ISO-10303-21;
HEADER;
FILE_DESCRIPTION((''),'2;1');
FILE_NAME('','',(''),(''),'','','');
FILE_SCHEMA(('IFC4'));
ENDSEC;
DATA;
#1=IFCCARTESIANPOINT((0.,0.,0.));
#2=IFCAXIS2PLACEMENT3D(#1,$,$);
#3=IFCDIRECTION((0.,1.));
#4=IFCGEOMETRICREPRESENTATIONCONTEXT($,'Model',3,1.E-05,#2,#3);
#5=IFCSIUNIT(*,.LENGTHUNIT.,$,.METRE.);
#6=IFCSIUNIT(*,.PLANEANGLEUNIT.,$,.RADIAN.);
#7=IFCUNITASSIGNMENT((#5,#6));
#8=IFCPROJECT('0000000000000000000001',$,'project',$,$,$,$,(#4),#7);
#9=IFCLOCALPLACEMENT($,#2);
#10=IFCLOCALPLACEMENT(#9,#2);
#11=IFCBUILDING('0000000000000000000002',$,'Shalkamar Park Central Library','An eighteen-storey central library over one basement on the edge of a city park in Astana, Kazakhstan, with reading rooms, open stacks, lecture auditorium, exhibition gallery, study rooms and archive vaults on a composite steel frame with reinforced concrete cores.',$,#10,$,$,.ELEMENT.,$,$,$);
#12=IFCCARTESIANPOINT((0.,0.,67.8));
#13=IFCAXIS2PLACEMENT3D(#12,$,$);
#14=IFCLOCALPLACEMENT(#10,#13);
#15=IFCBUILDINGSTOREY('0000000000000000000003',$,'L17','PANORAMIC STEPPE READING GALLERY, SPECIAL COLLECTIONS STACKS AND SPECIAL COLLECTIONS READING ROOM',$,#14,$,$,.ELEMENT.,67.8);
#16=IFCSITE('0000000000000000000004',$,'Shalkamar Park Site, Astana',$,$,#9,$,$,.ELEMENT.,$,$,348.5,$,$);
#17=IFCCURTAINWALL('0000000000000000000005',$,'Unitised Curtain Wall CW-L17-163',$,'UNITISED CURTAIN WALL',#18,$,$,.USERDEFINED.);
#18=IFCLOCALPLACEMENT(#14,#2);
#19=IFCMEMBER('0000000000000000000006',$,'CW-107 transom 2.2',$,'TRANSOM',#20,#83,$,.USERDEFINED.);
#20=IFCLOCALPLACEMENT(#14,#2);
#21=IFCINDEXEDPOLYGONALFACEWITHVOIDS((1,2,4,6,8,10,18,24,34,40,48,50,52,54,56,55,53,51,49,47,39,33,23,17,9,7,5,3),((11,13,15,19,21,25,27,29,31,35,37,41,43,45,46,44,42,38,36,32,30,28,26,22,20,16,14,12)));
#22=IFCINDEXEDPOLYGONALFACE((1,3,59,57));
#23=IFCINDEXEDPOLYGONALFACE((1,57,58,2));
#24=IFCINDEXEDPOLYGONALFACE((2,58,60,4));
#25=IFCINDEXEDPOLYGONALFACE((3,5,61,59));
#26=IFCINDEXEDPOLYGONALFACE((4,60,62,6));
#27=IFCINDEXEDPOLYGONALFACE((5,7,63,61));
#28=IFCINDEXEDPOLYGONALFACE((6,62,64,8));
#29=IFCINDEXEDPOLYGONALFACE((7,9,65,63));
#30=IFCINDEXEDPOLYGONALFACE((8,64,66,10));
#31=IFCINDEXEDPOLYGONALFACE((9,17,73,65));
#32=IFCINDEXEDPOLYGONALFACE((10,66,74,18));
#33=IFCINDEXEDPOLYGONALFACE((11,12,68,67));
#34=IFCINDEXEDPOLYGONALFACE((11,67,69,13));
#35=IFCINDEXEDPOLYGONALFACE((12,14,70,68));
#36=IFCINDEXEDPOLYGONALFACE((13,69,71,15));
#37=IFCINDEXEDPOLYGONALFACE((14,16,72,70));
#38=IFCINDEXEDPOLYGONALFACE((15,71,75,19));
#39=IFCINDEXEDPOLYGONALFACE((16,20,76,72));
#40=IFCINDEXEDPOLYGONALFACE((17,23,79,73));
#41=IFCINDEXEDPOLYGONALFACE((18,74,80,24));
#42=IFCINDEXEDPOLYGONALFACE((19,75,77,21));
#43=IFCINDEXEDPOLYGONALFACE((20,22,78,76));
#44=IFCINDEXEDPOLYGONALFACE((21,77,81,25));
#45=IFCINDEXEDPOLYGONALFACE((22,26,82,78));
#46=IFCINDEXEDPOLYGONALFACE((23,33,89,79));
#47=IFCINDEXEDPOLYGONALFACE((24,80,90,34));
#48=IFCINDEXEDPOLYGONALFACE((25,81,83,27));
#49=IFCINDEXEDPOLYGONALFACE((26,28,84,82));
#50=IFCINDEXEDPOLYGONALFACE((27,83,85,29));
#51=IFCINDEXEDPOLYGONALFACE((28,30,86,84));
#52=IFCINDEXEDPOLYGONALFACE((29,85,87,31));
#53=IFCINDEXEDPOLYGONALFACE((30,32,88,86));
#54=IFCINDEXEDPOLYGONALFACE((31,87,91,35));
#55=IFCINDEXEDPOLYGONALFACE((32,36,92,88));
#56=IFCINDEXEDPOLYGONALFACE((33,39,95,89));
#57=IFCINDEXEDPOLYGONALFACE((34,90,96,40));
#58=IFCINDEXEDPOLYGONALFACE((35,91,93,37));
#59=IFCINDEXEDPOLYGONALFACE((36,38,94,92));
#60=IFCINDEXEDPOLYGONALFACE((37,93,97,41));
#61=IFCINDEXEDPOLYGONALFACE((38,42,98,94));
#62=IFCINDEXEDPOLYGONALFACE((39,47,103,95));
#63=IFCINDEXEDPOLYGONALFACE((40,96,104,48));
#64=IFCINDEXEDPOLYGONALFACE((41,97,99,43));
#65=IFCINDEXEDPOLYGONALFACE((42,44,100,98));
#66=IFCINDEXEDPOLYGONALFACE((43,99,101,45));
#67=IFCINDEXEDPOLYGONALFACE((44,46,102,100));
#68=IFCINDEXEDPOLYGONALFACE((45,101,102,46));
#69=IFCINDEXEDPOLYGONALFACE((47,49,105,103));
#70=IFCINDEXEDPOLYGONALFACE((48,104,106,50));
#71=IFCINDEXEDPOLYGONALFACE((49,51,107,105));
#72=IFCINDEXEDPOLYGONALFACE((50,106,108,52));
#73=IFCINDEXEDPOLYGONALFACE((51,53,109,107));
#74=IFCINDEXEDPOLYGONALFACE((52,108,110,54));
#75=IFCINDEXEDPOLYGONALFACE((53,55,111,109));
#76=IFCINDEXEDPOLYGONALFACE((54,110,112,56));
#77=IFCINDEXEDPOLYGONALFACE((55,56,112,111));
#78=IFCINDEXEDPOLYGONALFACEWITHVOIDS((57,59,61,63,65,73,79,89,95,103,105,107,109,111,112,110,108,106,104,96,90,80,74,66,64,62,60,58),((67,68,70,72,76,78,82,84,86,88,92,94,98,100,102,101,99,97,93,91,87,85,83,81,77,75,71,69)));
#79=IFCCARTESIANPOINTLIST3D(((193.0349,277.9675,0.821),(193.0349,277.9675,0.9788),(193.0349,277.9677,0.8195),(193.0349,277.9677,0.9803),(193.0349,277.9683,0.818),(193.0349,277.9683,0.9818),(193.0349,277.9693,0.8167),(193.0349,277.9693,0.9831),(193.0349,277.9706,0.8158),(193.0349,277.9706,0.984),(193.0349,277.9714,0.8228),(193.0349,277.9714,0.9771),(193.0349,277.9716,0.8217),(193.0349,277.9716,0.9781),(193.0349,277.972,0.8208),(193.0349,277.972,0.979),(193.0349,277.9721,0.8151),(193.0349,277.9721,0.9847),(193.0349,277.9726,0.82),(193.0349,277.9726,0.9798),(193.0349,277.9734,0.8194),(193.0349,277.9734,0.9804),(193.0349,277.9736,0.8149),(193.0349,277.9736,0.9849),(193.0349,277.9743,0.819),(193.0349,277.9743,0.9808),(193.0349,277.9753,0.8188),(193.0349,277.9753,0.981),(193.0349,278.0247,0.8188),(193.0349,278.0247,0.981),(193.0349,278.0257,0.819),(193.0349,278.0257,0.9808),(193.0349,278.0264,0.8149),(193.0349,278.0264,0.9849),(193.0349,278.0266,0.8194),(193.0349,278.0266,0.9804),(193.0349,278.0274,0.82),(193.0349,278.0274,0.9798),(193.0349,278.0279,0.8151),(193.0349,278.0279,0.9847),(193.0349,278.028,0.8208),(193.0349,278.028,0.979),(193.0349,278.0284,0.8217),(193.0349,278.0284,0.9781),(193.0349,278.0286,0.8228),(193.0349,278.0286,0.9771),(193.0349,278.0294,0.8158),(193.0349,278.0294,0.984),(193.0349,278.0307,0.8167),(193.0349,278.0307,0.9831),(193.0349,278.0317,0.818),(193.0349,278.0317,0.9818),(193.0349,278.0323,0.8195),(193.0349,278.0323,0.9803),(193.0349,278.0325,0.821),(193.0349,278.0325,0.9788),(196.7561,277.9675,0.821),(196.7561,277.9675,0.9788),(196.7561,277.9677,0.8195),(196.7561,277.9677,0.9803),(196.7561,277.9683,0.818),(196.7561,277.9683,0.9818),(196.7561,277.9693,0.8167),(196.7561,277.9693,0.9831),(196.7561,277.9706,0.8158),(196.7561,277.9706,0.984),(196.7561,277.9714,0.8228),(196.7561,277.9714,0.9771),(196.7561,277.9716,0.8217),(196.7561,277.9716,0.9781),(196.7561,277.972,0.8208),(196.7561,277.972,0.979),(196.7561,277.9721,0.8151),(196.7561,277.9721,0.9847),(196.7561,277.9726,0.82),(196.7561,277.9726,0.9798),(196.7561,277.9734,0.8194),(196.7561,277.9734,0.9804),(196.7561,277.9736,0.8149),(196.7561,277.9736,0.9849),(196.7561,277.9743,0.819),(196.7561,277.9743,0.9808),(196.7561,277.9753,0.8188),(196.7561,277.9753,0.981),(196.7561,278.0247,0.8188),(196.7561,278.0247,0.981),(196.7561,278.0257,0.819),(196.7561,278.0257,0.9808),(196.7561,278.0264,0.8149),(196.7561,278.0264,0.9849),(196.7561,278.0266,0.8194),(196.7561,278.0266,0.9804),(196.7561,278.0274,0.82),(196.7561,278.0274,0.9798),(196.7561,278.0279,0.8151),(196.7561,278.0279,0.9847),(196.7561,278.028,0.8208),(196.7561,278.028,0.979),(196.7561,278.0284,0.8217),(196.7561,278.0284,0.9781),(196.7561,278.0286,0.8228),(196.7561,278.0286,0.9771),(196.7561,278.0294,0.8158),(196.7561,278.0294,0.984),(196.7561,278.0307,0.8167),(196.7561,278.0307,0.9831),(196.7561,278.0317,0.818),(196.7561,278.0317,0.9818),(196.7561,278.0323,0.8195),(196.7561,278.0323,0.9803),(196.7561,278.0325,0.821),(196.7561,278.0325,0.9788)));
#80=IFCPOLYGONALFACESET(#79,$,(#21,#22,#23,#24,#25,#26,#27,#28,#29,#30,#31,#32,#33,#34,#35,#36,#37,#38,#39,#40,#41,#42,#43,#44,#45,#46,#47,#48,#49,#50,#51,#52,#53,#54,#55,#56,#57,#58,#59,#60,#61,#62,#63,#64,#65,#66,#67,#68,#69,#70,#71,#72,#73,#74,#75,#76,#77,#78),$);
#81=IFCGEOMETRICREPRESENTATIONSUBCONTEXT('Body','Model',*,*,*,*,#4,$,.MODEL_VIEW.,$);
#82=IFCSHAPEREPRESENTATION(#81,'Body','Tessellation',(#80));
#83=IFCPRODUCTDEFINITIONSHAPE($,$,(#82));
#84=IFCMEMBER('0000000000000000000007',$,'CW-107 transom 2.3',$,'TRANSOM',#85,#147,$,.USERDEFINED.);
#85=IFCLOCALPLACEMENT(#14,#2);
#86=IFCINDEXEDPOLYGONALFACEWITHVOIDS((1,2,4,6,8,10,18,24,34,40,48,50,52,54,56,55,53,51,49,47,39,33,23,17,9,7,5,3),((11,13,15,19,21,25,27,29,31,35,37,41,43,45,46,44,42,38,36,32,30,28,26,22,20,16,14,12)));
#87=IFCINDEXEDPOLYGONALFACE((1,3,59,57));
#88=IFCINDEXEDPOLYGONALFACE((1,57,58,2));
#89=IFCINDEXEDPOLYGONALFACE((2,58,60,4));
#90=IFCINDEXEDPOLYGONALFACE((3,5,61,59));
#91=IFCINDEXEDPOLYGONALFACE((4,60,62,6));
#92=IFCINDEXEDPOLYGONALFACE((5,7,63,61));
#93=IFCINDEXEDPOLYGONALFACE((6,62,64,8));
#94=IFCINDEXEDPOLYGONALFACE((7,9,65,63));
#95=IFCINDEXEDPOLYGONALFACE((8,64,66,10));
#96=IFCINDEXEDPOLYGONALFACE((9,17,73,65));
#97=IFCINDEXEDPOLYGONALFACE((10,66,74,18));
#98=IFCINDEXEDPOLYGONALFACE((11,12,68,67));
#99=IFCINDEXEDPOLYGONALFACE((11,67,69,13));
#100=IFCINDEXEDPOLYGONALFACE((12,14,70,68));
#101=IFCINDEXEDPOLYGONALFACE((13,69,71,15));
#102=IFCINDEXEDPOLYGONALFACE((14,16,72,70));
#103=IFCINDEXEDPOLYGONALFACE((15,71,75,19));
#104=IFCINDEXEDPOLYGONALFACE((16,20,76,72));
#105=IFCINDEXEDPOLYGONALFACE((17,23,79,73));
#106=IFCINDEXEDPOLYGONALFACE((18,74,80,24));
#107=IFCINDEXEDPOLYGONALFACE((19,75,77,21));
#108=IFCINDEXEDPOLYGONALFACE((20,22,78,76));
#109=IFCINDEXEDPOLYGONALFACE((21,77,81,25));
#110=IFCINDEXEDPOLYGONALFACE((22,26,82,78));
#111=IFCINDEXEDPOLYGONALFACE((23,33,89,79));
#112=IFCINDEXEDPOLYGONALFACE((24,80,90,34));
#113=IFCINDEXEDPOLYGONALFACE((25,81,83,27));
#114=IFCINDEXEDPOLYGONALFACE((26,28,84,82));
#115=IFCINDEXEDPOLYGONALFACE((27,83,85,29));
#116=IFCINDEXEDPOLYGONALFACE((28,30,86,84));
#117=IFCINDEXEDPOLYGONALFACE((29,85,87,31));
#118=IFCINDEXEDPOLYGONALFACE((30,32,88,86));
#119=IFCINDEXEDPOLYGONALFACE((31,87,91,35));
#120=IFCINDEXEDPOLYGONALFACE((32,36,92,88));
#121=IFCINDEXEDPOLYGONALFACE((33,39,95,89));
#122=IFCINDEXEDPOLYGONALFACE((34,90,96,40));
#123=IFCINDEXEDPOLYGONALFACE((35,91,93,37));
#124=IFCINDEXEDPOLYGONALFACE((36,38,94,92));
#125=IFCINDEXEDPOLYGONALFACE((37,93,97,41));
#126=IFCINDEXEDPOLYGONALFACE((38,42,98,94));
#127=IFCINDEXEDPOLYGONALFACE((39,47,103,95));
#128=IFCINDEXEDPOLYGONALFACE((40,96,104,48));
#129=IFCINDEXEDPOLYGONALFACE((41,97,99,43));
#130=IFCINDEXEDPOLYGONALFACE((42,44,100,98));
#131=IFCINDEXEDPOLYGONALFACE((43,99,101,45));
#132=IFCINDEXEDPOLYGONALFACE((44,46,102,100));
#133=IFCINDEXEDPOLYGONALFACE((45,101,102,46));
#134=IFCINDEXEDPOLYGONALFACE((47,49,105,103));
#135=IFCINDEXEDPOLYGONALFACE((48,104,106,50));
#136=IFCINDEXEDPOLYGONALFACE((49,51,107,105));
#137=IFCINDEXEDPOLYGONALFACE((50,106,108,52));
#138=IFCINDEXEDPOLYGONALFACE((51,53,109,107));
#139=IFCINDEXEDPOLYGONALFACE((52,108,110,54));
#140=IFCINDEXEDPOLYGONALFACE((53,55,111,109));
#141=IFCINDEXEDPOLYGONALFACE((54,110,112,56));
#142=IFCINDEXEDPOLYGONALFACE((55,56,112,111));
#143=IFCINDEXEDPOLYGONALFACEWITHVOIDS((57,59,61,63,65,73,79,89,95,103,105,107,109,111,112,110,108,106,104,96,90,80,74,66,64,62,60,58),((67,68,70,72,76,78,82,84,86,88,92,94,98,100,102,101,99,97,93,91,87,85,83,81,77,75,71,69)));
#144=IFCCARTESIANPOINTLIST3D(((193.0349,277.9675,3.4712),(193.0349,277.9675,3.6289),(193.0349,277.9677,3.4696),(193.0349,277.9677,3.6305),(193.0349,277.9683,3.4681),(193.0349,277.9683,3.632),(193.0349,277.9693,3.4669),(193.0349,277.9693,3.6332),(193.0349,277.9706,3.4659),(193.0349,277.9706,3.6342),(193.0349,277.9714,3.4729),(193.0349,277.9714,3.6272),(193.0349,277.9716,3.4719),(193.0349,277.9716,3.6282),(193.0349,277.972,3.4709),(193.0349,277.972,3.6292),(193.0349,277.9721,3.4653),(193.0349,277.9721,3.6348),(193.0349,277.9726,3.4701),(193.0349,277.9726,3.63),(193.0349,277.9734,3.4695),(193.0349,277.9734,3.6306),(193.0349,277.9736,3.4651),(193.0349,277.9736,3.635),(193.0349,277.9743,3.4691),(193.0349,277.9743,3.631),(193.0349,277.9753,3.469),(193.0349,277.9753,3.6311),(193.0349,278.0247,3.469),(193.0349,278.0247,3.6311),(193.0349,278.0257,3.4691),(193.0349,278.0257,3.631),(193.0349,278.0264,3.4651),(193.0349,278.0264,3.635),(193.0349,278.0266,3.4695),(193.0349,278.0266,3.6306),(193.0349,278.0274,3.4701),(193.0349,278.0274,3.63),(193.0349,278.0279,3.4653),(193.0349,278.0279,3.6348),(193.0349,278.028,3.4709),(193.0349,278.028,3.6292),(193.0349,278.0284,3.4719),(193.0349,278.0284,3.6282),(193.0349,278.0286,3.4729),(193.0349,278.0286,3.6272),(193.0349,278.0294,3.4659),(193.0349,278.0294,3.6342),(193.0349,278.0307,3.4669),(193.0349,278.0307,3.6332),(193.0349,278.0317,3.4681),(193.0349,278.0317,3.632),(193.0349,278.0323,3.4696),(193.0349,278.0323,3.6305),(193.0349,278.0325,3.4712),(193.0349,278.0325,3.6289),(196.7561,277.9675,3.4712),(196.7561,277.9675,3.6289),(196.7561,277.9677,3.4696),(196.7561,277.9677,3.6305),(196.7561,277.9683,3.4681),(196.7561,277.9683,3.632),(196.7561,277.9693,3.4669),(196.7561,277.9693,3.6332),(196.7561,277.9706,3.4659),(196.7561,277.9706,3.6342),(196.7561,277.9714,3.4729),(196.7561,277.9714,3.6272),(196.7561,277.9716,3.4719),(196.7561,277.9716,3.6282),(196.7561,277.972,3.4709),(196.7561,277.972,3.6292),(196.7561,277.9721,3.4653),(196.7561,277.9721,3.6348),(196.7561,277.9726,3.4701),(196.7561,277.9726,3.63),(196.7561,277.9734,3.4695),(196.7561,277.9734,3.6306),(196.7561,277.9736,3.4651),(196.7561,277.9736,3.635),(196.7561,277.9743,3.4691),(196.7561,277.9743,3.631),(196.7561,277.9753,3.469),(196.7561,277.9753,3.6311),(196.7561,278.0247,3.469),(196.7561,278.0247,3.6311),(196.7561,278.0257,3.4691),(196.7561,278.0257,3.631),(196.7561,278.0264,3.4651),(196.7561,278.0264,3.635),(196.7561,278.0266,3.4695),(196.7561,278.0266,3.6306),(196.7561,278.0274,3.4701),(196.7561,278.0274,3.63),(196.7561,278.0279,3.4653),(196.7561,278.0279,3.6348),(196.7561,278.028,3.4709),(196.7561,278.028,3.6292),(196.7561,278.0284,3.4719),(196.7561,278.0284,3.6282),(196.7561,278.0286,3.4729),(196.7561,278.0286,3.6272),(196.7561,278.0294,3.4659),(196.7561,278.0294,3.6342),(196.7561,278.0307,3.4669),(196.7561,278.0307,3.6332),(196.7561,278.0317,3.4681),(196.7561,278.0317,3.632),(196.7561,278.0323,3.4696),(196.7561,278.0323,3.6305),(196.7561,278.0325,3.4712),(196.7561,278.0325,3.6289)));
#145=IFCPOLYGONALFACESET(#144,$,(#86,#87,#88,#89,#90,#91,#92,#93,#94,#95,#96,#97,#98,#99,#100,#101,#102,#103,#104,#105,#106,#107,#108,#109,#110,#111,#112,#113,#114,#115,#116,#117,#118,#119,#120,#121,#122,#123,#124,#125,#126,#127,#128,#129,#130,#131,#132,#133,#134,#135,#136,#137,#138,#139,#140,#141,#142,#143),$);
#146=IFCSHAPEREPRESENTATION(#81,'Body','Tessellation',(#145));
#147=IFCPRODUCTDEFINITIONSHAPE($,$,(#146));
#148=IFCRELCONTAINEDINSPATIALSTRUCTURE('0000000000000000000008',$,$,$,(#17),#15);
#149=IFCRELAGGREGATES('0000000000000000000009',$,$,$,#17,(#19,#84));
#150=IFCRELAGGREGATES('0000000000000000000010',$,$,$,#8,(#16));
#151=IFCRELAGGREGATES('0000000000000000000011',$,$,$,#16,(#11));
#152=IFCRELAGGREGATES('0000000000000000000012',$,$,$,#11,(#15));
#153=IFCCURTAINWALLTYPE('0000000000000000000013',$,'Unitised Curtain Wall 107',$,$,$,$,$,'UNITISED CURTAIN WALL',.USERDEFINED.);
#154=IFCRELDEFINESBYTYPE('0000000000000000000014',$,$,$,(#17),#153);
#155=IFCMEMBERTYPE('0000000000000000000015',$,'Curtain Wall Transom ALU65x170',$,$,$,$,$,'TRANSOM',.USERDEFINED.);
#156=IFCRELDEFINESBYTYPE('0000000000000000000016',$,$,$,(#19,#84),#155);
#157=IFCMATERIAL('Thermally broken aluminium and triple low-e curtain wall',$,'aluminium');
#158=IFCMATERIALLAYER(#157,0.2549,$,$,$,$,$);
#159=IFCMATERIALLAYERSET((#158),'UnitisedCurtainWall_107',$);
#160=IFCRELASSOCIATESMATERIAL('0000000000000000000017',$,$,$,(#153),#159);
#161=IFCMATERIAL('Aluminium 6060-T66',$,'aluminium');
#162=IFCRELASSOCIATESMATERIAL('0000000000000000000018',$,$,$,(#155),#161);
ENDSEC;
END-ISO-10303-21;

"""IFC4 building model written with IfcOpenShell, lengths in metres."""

from ifc_helpers import new_model, si_unit, direction, frame, origin, origin_2d, place, context, subcontext, project, spatial, hollow_rectangle, extrude, material, layer, layer_set, material_profile, profile_set, type_object, element, aggregate, save


model = new_model("IFC4")

# Units and contexts
model_context = context("Model", 3, precision=1e-05, world=origin(), true_north=direction((0.0, 1.0)))
body_context = subcontext(model_context, "Body", "Model", "MODEL_VIEW")
ifc_project = project(units=[si_unit("LENGTHUNIT", "METRE"), si_unit("PLANEANGLEUNIT", "RADIAN")], contexts=[model_context])

# Site, building, storey
site_placement = place(None, origin())
site = spatial("IfcSite", under=ifc_project, at=site_placement, Name="Shalkamar Park Site, Astana", CompositionType="ELEMENT", RefElevation=348.5)
building_placement = place(site_placement, origin())
building = spatial("IfcBuilding", under=site, at=building_placement, Name="Shalkamar Park Central Library", Description="An eighteen-storey central library over one basement on the edge of a city park in Astana, Kazakhstan, with reading rooms, open stacks, lecture auditorium, exhibition gallery, study rooms and archive vaults on a composite steel frame with reinforced concrete cores.", CompositionType="ELEMENT")
storey_placement = place(building_placement, frame((0.0, 0.0, 67.8)))
storey = spatial("IfcBuildingStorey", under=building, at=storey_placement, Name="L17", Description="PANORAMIC STEPPE READING GALLERY, SPECIAL COLLECTIONS STACKS AND SPECIAL COLLECTIONS READING ROOM", CompositionType="ELEMENT", Elevation=67.8)

# Curtain wall, members
ifc_material_1 = material(Name="Thermally broken aluminium and triple low-e curtain wall", Category="aluminium")
ifc_layer_1 = layer(ifc_material_1, 0.2549)
ifc_layer_set_1 = layer_set([ifc_layer_1], Name="UnitisedCurtainWall_107")
curtain_wall_type = type_object("IfcCurtainWallType", Name="Unitised Curtain Wall 107", ElementType="UNITISED CURTAIN WALL", PredefinedType="USERDEFINED", material=ifc_layer_set_1)
curtain_wall_placement = place(storey_placement, origin())
curtain_wall = element("IfcCurtainWall", 1, at=curtain_wall_placement, inside=storey, type_object=curtain_wall_type, Name="Unitised Curtain Wall CW-L17-163", ObjectType="UNITISED CURTAIN WALL", PredefinedType="USERDEFINED")
ifc_material_2 = material(Name="Aluminium 6060-T66", Category="aluminium")
ifc_material_profile_1 = material_profile(ifc_material_2, hollow_rectangle(XDim=0.0649, YDim=0.1699, WallThickness=0.0039, InnerFilletRadius=0.0039, OuterFilletRadius=0.0061, at=origin_2d()), Name="ALU 65x170x4")
ifc_profile_set_1 = profile_set([ifc_material_profile_1], Name="Aluminium 6060-T66")
member_type_1 = type_object("IfcMemberType", Name="Curtain Wall Transom ALU65x170", ElementType="TRANSOM", PredefinedType="USERDEFINED", material=ifc_profile_set_1)
member_1_placement = place(storey_placement, frame((193.0349, 278.0, 0.8999), z_axis=(1.0, 0.0, 0.0), x_axis=(0.0, 1.0, 0.0)))
member_1 = element("IfcMember", 2, at=member_1_placement, type_object=member_type_1, Name="CW-107 transom 2.2", ObjectType="TRANSOM", PredefinedType="USERDEFINED", context=body_context, shape_type="SweptSolid", body=[
    extrude(hollow_rectangle(XDim=0.0649, YDim=0.1699, WallThickness=0.0039, InnerFilletRadius=0.0039, OuterFilletRadius=0.0061, at=origin_2d()), origin(), (0.0, 0.0, 1.0), 3.7212),
])
member_2_placement = place(storey_placement, frame((193.0349, 278.0, 3.55), z_axis=(1.0, 0.0, 0.0), x_axis=(0.0, 1.0, 0.0)))
member_2 = element("IfcMember", 3, at=member_2_placement, type_object=member_type_1, Name="CW-107 transom 2.3", ObjectType="TRANSOM", PredefinedType="USERDEFINED", context=body_context, shape_type="SweptSolid", body=[
    extrude(hollow_rectangle(XDim=0.0649, YDim=0.1699, WallThickness=0.0039, InnerFilletRadius=0.0039, OuterFilletRadius=0.0061, at=origin_2d()), origin(), (0.0, 0.0, 1.0), 3.7212),
])

aggregate(curtain_wall, [member_1, member_2])

save(model, "model.ifc")
